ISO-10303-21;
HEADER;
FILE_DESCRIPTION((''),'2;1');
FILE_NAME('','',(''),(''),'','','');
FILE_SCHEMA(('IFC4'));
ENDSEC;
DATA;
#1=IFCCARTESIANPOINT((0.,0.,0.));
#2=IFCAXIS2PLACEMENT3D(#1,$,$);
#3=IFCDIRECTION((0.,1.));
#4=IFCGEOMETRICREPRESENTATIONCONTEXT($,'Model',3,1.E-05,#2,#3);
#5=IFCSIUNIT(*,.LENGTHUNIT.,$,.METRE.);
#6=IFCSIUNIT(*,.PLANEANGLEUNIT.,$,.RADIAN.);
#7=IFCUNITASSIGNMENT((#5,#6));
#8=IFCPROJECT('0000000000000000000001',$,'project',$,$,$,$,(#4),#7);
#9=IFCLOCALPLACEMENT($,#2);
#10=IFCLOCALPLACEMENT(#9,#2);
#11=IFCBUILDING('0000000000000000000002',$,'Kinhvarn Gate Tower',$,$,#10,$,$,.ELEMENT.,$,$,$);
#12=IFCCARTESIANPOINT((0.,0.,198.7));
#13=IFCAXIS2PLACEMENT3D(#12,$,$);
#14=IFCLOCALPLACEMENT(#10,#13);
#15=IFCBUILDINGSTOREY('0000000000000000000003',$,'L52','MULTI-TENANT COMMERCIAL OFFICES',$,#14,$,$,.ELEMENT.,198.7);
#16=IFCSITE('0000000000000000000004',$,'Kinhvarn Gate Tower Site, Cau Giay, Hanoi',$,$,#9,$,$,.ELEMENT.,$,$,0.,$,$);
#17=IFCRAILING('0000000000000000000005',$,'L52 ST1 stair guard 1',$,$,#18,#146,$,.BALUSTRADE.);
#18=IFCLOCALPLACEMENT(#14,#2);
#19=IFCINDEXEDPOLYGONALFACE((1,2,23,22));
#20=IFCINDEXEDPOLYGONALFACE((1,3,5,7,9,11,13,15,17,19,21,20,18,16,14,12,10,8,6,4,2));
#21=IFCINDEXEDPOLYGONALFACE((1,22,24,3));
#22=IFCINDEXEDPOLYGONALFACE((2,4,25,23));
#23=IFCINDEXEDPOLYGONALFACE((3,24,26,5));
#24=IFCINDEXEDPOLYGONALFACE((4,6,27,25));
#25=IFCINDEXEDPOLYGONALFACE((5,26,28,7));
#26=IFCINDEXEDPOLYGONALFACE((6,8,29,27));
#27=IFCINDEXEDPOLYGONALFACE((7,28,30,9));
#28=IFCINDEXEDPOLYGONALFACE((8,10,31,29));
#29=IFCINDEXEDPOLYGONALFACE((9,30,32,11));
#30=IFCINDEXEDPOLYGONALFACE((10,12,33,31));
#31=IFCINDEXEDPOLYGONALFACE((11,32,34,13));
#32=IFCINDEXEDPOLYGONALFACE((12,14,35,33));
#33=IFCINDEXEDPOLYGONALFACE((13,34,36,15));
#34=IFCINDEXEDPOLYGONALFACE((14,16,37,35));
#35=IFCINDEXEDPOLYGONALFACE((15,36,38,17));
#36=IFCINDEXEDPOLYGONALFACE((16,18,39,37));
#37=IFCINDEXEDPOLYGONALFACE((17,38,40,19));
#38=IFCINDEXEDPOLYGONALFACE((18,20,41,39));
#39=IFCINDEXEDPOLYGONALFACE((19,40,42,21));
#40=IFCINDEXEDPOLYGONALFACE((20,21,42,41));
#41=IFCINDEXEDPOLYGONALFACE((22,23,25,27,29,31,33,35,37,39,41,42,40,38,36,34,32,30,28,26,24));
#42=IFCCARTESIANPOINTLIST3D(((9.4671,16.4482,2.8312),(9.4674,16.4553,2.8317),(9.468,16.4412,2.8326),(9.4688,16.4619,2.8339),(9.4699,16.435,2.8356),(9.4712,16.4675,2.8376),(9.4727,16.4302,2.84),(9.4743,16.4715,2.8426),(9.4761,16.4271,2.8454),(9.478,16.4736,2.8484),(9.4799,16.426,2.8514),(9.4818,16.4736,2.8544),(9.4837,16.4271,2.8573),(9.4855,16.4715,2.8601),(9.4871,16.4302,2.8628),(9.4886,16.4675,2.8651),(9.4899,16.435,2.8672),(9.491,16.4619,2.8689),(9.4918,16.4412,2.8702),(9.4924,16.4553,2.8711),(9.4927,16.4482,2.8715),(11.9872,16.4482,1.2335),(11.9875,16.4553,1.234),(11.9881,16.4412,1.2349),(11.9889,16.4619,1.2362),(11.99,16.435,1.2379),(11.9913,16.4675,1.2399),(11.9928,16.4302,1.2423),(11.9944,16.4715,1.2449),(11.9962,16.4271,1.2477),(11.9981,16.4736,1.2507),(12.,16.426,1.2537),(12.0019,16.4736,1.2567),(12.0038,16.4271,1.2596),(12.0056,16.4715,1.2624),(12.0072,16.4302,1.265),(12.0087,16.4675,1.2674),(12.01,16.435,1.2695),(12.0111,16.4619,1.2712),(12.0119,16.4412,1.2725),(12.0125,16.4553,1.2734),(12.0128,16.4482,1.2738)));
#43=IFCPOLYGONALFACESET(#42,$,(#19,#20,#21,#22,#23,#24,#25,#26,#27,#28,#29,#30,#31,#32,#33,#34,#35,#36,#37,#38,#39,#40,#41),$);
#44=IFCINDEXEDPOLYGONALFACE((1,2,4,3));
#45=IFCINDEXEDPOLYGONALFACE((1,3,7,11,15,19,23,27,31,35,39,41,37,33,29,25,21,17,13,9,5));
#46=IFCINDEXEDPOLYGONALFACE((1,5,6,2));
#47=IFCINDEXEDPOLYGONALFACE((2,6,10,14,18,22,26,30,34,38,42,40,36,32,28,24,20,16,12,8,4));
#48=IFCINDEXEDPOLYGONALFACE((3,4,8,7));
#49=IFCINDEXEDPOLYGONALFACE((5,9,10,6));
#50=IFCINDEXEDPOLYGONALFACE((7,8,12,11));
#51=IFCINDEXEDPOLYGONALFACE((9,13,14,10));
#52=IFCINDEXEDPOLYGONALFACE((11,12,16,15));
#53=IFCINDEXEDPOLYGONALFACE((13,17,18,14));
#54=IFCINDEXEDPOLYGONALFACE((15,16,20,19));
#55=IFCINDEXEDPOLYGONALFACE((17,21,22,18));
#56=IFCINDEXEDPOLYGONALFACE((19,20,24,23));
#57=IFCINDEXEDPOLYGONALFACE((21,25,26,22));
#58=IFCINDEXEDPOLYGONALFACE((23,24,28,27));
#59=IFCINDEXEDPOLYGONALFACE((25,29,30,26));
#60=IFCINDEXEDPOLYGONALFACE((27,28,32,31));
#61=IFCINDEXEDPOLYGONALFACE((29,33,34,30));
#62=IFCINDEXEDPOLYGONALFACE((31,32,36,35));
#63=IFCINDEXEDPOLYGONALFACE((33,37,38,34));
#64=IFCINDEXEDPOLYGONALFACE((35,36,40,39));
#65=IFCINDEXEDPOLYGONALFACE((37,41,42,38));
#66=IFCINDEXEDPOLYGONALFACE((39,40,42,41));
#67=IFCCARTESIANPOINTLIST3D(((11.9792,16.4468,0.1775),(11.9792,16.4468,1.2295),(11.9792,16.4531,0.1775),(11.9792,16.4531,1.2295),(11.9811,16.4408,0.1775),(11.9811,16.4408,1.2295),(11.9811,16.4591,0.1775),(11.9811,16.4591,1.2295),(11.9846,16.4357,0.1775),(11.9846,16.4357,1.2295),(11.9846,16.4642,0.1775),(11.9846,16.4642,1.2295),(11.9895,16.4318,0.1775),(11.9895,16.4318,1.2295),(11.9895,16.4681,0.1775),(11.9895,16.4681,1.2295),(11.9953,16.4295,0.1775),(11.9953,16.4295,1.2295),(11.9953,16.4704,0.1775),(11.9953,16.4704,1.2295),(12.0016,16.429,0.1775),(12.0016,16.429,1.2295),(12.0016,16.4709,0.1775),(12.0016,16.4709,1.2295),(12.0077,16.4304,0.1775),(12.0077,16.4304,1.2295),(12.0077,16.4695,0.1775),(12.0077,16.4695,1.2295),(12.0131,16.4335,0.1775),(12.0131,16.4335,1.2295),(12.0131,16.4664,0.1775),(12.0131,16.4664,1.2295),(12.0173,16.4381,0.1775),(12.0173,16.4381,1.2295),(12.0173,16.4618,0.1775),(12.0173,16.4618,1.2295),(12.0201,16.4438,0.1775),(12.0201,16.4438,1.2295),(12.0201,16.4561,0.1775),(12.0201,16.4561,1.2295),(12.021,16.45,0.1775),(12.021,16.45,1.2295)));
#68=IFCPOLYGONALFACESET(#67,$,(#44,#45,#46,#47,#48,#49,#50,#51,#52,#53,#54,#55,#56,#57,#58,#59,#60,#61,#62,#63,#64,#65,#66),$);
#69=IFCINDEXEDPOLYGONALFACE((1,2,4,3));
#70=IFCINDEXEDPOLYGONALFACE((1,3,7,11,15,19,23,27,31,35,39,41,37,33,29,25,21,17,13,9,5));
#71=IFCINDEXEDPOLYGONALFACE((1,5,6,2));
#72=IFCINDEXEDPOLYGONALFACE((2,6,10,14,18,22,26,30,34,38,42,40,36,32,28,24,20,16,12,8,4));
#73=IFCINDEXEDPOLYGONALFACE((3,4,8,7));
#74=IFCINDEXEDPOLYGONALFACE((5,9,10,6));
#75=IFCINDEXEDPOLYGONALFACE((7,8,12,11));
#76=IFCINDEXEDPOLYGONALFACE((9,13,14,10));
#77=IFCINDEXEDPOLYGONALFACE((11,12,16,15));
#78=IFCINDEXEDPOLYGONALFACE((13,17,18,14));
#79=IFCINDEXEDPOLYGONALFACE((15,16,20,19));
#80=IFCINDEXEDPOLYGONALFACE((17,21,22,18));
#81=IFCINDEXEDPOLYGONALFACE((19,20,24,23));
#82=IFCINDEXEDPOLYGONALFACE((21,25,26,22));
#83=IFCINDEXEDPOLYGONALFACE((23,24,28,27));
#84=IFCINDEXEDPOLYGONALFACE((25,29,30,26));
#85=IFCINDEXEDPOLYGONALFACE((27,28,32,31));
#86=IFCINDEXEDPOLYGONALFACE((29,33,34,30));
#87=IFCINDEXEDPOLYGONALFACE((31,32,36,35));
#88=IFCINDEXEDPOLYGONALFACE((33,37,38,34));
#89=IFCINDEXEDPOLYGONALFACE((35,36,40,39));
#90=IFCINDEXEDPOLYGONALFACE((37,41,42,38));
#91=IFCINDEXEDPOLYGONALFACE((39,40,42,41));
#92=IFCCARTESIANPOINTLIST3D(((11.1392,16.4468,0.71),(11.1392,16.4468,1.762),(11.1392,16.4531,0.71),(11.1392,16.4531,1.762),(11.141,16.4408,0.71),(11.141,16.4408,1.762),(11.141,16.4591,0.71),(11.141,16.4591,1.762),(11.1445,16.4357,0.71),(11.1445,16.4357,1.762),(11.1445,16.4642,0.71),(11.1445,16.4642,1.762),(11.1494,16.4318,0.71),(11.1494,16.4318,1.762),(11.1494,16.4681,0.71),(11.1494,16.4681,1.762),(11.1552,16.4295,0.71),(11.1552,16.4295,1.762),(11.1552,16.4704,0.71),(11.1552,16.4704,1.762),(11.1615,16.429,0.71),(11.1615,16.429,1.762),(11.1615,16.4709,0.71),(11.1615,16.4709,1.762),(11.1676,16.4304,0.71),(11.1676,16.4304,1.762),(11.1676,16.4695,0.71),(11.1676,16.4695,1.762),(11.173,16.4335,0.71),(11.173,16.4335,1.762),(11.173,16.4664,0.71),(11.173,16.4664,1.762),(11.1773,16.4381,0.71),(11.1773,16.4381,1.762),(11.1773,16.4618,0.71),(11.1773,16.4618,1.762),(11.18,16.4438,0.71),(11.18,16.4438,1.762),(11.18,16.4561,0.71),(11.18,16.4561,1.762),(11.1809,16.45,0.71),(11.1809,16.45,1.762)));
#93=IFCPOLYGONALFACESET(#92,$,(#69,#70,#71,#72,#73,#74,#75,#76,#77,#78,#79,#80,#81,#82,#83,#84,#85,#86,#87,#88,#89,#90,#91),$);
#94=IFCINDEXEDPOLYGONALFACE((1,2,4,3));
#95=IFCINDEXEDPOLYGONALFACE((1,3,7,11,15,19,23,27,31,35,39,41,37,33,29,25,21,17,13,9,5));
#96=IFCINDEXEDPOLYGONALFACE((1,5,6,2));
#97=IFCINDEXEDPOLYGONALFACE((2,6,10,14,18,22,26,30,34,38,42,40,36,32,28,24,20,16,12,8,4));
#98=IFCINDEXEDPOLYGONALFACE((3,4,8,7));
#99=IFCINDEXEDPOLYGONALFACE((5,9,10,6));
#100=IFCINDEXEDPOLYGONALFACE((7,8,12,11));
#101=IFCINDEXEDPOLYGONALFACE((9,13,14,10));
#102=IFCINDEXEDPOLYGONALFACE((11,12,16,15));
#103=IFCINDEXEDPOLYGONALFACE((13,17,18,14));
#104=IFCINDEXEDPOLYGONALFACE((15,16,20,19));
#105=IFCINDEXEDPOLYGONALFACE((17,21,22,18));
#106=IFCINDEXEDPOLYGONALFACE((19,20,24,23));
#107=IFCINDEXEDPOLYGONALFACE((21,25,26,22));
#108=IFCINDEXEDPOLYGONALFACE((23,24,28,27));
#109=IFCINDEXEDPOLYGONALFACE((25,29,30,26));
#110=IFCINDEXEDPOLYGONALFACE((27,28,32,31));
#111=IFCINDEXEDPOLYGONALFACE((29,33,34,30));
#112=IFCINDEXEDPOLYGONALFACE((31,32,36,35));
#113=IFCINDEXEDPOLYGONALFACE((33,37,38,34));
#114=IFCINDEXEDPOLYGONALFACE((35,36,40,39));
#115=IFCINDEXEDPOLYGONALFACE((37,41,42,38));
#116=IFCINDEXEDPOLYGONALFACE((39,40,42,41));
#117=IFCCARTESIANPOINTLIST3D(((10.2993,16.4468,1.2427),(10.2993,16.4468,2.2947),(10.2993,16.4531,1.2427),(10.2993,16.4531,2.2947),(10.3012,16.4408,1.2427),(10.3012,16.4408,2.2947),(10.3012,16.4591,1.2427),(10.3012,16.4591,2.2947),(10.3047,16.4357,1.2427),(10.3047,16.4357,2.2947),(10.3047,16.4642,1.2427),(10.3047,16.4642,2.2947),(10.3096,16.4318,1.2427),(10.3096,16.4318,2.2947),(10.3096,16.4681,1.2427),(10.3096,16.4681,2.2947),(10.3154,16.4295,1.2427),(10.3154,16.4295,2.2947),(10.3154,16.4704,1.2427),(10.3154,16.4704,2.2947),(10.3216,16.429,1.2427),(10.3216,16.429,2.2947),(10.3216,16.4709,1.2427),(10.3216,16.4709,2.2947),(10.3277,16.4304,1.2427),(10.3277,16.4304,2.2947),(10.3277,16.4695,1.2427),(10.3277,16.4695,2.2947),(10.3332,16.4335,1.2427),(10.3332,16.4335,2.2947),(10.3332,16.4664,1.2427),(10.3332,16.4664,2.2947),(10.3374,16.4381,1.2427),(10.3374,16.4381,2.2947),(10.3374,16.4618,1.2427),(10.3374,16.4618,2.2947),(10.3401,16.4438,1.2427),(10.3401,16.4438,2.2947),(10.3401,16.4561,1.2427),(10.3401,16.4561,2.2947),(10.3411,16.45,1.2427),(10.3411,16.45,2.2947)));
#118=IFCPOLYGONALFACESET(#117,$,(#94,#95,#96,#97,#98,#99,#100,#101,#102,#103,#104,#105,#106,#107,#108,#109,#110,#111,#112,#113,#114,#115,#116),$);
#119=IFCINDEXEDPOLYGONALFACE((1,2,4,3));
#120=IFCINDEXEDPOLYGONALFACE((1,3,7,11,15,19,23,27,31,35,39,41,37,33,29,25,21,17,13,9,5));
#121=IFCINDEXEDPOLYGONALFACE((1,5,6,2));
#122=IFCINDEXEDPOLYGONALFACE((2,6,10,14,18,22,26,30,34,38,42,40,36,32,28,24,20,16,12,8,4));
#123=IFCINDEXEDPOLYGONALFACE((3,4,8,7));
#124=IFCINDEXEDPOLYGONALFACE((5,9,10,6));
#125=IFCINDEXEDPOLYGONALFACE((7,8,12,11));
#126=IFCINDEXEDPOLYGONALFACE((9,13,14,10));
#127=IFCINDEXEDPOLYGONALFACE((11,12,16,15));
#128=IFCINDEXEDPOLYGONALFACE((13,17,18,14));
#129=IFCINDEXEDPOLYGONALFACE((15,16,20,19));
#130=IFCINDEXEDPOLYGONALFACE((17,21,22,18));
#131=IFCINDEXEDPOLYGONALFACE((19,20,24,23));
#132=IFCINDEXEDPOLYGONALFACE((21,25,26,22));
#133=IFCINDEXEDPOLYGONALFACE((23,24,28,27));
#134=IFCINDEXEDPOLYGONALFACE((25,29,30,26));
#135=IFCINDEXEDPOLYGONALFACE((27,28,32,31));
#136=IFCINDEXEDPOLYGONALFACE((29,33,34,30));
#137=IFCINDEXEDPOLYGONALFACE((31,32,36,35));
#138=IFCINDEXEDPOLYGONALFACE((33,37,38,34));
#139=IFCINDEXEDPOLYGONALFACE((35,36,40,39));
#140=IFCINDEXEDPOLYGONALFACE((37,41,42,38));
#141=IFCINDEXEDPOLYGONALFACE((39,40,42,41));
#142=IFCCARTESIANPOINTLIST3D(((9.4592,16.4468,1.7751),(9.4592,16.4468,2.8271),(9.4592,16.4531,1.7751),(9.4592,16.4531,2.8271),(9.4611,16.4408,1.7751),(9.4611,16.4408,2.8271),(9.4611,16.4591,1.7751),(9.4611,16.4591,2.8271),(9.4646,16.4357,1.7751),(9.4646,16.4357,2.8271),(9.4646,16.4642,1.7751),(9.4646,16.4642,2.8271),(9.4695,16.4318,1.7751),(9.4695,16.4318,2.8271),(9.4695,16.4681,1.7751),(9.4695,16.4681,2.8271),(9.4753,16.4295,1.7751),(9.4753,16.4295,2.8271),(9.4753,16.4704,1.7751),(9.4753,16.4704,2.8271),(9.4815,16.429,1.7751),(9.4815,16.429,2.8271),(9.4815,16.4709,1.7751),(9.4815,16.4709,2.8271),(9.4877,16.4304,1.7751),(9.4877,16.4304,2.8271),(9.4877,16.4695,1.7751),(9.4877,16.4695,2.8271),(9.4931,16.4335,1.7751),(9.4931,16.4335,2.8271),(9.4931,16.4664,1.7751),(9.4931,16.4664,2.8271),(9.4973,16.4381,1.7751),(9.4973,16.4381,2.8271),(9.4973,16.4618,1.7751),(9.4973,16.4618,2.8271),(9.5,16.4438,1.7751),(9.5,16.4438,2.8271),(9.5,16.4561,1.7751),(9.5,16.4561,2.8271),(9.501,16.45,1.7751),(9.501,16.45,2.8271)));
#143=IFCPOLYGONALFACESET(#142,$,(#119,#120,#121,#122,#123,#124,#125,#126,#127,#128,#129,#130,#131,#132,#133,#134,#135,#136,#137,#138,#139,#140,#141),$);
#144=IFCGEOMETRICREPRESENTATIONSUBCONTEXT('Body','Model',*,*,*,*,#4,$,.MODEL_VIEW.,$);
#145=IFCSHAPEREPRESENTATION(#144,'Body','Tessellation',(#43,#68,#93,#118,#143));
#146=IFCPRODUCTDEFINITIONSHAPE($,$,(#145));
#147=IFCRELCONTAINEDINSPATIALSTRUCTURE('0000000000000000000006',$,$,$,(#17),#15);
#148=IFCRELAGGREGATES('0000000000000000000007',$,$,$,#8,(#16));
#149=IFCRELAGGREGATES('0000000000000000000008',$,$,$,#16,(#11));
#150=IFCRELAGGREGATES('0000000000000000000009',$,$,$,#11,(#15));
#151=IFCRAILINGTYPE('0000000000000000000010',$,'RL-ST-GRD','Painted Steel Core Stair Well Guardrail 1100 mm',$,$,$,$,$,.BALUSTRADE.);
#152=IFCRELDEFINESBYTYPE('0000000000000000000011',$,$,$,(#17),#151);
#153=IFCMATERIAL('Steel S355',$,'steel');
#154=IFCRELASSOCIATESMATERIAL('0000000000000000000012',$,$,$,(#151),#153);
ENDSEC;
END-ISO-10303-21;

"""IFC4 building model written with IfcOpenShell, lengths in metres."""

from ifc_helpers import new_model, si_unit, direction, frame, origin, origin_2d, place, context, subcontext, project, spatial, circle, extrude, material, type_object, element, save


model = new_model("IFC4")

# Units and contexts
model_context = context("Model", 3, precision=1e-05, world=origin(), true_north=direction((0.0, 1.0)))
body_context = subcontext(model_context, "Body", "Model", "MODEL_VIEW")
ifc_project = project(units=[si_unit("LENGTHUNIT", "METRE"), si_unit("PLANEANGLEUNIT", "RADIAN")], contexts=[model_context])

# Site, building, storey
site_placement = place(None, origin())
site = spatial("IfcSite", under=ifc_project, at=site_placement, Name="Kinhvarn Gate Tower Site, Cau Giay, Hanoi", CompositionType="ELEMENT", RefElevation=0.0)
building_placement = place(site_placement, origin())
building = spatial("IfcBuilding", under=site, at=building_placement, Name="Kinhvarn Gate Tower", CompositionType="ELEMENT")
storey_placement = place(building_placement, frame((0.0, 0.0, 198.7)))
storey = spatial("IfcBuildingStorey", under=building, at=storey_placement, Name="L52", Description="MULTI-TENANT COMMERCIAL OFFICES", CompositionType="ELEMENT", Elevation=198.7)

# Shared definitions
ifc_material_1 = material(Name="Steel S355", Category="steel")

# Railing
railing_type_1 = type_object("IfcRailingType", Name="RL-ST-GRD", Description="Painted Steel Core Stair Well Guardrail 1100 mm", PredefinedType="BALUSTRADE", material=ifc_material_1)
railing_1_placement = place(storey_placement, frame((12.0, 16.45, 0.1775)))
element("IfcRailing", 1, at=railing_1_placement, inside=storey, type_object=railing_type_1, Name="L52 ST1 stair guard 1", PredefinedType="BALUSTRADE", context=body_context, shape_type="SweptSolid", body=[
    extrude(circle(Radius=0.0239, at=origin_2d()), frame((0.0, 0.0, 1.0762), z_axis=(-0.84457, 0.0, 0.535445), x_axis=(0.0, -1.0, 0.0)), (0.0, 0.0, 1.0), 2.9839),
    extrude(circle(Radius=0.021, at=origin_2d()), origin(), (0.0, 0.0, 1.0), 1.052),
    extrude(circle(Radius=0.021, at=origin_2d()), frame((-0.8401, 0.0, 0.5325)), (0.0, 0.0, 1.0), 1.052),
    extrude(circle(Radius=0.021, at=origin_2d()), frame((-1.6799, 0.0, 1.0652)), (0.0, 0.0, 1.0), 1.052),
    extrude(circle(Radius=0.021, at=origin_2d()), frame((-2.52, 0.0, 1.5977)), (0.0, 0.0, 1.0), 1.052),
])

save(model, "model.ifc")
